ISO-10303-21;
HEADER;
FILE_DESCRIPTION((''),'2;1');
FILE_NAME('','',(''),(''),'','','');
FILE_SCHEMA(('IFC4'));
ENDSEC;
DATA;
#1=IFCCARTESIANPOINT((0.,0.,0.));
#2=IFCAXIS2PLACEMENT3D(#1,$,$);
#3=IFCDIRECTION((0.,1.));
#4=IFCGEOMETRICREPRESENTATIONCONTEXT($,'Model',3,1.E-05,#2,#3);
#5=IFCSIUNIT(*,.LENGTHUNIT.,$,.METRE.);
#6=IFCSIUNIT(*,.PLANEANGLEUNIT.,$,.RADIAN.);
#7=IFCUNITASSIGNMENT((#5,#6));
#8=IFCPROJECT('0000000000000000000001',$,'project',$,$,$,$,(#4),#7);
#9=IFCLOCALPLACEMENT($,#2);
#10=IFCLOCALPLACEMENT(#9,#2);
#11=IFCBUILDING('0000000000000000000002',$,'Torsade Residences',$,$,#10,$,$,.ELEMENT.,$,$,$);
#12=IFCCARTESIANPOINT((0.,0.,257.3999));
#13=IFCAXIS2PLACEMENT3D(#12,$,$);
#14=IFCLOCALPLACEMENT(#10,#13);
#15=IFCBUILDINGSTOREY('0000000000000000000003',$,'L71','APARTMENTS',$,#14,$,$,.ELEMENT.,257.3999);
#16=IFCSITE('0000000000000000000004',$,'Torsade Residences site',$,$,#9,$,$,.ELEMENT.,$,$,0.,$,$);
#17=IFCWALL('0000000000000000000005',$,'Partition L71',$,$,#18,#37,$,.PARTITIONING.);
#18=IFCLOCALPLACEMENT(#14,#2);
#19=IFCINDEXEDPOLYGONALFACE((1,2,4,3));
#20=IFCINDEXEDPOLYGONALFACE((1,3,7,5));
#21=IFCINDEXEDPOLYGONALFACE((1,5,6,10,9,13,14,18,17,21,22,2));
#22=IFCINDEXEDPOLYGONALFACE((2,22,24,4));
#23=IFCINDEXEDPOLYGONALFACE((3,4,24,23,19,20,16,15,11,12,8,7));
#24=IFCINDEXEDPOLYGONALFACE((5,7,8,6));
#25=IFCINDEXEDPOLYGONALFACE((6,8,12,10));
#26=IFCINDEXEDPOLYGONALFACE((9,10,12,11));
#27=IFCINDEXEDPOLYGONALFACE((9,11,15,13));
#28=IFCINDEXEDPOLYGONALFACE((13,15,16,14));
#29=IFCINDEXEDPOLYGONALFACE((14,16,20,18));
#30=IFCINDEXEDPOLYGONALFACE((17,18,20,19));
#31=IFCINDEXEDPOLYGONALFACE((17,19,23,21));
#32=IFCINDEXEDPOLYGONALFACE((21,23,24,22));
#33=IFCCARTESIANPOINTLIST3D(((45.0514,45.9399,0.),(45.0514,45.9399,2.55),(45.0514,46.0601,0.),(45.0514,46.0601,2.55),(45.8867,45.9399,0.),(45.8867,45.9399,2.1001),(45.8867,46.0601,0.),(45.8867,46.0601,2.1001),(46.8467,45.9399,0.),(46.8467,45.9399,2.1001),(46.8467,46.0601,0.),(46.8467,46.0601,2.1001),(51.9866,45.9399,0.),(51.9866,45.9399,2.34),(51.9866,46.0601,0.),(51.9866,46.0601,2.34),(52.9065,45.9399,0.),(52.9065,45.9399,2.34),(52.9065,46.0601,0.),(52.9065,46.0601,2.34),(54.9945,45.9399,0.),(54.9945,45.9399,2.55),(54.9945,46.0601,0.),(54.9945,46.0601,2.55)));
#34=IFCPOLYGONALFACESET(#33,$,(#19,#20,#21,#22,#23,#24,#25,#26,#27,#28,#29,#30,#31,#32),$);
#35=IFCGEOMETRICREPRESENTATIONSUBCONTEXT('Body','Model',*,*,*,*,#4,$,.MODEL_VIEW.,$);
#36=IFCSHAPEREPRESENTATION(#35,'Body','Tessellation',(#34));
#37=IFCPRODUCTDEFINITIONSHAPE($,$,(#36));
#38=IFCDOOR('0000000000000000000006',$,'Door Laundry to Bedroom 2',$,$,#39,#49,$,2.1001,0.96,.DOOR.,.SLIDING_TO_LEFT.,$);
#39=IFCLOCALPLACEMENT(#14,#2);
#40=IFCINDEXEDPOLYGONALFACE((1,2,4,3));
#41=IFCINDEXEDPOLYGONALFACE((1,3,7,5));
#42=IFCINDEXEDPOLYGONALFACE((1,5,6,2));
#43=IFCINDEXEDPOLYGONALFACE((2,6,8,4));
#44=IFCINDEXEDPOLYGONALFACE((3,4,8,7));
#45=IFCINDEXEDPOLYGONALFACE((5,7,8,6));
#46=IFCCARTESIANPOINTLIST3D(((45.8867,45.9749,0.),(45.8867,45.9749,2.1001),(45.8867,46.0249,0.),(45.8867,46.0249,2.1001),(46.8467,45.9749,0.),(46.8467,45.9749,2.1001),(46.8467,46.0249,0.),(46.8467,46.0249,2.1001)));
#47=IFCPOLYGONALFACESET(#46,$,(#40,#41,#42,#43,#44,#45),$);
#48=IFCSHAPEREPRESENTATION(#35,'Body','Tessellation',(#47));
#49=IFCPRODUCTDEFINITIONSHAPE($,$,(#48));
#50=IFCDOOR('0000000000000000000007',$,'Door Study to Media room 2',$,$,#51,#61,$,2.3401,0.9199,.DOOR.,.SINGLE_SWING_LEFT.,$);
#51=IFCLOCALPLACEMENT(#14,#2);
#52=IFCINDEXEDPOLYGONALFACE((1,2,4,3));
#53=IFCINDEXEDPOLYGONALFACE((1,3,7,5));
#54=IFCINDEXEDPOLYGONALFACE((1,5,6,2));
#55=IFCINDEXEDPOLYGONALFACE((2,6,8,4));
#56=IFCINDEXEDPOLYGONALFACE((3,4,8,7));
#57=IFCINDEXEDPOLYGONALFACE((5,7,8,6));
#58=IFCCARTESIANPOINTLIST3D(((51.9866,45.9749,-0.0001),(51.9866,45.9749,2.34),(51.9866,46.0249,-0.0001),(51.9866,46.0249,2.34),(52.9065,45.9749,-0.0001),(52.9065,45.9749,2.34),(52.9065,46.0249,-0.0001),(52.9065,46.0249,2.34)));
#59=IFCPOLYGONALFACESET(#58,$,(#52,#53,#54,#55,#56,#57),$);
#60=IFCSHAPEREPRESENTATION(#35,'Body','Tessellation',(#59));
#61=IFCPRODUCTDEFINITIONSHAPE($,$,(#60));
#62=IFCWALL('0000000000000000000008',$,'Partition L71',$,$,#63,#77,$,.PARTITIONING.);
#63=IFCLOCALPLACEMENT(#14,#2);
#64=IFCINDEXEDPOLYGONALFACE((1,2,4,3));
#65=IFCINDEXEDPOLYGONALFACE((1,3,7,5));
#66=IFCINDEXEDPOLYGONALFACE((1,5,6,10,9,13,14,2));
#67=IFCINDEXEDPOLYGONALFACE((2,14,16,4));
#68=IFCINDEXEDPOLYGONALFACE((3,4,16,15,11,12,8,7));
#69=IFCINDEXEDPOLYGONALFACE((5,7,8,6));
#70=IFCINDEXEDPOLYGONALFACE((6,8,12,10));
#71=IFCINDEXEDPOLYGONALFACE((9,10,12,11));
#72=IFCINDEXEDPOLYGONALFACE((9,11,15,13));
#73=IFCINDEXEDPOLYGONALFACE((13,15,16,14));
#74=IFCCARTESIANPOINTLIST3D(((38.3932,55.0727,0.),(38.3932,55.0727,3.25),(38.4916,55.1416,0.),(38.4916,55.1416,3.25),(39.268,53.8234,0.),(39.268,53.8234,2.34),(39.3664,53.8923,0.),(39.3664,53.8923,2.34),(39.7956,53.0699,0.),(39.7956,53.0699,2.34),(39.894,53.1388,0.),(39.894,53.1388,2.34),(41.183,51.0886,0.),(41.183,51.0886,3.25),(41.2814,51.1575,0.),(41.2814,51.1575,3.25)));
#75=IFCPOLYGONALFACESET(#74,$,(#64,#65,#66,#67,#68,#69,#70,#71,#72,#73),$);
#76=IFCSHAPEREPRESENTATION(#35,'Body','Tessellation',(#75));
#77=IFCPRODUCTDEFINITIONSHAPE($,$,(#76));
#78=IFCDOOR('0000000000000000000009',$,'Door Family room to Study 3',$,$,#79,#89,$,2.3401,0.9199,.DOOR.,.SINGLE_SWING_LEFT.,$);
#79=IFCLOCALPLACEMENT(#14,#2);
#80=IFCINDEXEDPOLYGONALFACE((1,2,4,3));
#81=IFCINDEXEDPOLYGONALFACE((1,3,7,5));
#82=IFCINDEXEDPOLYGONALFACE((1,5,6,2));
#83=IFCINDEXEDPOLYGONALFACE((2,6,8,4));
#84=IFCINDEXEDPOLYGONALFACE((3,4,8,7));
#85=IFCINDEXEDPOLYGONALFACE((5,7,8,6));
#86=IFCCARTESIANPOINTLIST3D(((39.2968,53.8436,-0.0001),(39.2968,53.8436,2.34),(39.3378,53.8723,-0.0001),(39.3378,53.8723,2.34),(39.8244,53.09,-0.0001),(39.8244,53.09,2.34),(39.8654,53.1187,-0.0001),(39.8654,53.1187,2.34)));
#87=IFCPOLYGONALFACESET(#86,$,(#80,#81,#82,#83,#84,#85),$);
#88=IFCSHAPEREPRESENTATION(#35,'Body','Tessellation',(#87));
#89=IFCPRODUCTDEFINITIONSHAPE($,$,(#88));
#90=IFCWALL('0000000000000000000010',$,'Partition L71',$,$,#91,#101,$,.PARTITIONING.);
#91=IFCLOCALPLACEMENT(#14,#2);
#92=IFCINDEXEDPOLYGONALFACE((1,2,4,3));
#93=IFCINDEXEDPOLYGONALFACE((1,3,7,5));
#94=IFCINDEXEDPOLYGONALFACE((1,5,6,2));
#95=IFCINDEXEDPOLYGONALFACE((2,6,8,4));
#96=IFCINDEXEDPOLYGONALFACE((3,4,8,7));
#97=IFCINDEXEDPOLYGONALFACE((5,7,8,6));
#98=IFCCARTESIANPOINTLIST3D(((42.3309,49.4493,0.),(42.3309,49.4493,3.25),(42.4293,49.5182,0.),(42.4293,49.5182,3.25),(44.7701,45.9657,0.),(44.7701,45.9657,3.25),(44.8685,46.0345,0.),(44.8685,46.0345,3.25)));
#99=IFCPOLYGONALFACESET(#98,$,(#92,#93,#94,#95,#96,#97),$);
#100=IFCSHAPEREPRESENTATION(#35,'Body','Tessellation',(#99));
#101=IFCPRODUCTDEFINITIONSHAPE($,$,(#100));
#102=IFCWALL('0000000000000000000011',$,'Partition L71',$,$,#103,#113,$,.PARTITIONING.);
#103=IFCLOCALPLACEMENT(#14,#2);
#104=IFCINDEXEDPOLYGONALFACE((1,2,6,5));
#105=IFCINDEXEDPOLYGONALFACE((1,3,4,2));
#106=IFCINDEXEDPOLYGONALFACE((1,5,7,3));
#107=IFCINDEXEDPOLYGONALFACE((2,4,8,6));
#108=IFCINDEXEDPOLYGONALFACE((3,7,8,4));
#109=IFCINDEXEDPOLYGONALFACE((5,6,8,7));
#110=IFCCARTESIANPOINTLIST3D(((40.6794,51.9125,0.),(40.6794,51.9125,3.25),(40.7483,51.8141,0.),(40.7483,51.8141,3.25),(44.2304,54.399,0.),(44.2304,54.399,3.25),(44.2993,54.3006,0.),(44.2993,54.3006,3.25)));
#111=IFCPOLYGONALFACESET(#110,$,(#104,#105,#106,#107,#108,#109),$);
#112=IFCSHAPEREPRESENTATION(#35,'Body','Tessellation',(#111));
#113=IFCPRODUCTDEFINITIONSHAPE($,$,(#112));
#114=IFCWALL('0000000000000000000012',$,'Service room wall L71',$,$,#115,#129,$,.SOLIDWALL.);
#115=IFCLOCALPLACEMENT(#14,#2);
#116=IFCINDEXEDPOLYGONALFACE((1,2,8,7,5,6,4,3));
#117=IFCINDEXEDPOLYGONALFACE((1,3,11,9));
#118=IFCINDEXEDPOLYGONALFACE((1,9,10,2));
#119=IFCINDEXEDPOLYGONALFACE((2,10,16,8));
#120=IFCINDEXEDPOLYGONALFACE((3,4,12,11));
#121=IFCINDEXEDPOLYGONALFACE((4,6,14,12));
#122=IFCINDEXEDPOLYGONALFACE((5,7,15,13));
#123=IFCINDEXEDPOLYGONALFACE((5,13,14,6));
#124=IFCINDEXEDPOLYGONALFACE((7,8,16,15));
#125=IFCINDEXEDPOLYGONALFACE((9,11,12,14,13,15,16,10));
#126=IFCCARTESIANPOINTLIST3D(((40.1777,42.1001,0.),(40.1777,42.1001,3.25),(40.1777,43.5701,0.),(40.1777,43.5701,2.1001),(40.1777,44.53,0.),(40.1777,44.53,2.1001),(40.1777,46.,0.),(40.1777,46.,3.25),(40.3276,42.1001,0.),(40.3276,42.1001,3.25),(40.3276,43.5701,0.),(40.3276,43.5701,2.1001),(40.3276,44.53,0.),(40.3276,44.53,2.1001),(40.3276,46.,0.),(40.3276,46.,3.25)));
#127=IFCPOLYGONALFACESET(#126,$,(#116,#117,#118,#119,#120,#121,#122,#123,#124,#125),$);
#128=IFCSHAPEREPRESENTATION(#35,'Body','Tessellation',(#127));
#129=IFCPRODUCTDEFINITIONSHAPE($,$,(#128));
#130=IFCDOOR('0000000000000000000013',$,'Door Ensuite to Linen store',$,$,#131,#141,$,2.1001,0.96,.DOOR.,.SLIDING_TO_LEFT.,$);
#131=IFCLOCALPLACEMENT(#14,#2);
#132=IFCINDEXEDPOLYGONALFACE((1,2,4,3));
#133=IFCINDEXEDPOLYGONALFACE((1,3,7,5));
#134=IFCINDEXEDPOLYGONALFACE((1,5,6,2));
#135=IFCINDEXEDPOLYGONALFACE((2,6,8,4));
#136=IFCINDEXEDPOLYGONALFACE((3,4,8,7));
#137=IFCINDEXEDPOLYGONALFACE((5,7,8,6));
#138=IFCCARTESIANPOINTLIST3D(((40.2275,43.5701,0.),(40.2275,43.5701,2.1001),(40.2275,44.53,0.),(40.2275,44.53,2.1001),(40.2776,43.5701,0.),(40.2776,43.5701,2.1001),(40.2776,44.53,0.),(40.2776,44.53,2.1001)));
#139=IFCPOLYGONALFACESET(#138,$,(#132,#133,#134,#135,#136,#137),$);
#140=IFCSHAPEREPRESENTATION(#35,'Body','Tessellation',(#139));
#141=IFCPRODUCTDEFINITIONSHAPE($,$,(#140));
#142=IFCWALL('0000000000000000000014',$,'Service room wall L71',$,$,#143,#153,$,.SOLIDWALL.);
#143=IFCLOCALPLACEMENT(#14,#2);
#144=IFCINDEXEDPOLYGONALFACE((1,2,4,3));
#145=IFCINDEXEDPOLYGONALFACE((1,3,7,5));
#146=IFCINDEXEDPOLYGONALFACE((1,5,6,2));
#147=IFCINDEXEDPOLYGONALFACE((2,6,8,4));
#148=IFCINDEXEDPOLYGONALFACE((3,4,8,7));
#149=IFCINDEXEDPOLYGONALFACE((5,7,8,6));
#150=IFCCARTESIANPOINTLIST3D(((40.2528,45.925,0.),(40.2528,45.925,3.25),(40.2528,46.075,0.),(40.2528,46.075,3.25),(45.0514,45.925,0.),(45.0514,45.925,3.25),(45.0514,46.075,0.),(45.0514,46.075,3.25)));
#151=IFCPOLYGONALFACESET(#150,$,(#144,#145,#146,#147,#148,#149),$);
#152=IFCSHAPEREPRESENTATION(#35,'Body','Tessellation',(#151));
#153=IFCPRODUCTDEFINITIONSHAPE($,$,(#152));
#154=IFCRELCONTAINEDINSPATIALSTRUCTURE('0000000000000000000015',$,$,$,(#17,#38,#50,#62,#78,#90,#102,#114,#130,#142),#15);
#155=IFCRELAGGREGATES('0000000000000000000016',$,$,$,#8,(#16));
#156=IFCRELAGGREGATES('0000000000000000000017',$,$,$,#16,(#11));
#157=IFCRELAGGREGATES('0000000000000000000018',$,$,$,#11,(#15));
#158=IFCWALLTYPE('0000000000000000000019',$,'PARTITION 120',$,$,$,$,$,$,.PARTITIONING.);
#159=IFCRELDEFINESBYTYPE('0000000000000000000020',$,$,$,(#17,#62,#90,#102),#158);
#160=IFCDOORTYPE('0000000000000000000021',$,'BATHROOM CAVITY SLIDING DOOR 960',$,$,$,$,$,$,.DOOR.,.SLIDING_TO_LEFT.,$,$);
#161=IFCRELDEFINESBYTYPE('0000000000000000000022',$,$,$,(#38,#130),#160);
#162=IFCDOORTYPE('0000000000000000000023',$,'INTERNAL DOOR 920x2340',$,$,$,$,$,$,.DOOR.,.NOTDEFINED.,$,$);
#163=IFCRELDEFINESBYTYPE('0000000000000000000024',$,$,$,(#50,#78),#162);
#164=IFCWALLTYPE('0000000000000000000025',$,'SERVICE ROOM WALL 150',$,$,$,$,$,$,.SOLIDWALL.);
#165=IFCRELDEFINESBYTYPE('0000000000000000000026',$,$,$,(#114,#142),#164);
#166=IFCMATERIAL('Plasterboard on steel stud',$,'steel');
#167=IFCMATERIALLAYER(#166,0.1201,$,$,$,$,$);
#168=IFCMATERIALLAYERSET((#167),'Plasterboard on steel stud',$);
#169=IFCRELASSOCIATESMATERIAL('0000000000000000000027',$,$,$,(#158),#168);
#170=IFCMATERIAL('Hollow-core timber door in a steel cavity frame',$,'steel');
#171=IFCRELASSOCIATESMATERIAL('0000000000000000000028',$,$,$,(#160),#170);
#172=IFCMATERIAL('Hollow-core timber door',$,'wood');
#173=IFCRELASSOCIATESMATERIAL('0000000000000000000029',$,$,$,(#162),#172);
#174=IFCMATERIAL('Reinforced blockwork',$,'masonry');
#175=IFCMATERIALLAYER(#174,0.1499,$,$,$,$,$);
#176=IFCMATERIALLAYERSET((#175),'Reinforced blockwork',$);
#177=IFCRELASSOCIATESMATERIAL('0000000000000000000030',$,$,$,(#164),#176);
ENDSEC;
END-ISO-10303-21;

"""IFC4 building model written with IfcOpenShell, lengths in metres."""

from ifc_helpers import new_model, si_unit, direction, frame, frame_2d, origin, place, context, subcontext, project, spatial, rectangle, extrude, material, layer, layer_set, type_object, element, fill, save


model = new_model("IFC4")

# Units and contexts
model_context = context("Model", 3, precision=1e-05, world=origin(), true_north=direction((0.0, 1.0)))
body_context = subcontext(model_context, "Body", "Model", "MODEL_VIEW")
ifc_project = project(units=[si_unit("LENGTHUNIT", "METRE"), si_unit("PLANEANGLEUNIT", "RADIAN")], contexts=[model_context])

# Site, building, storey
site_placement = place(None, origin())
site = spatial("IfcSite", under=ifc_project, at=site_placement, Name="Torsade Residences site", CompositionType="ELEMENT", RefElevation=0.0)
building_placement = place(site_placement, origin())
building = spatial("IfcBuilding", under=site, at=building_placement, Name="Torsade Residences", CompositionType="ELEMENT")
storey_placement = place(building_placement, frame((0.0, 0.0, 257.3999)))
storey = spatial("IfcBuildingStorey", under=building, at=storey_placement, Name="L71", Description="APARTMENTS", CompositionType="ELEMENT", Elevation=257.3999)

# Wall, openings, doors
ifc_material_1 = material(Name="Plasterboard on steel stud", Category="steel")
ifc_layer_1 = layer(ifc_material_1, 0.1201)
ifc_layer_set_1 = layer_set([ifc_layer_1], Name="Plasterboard on steel stud")
wall_type_1 = type_object("IfcWallType", Name="PARTITION 120", PredefinedType="PARTITIONING", material=ifc_layer_set_1)
wall_1_placement = place(storey_placement, frame((45.0513, 46.0, 0.0), z_axis=(0.0, 0.0, 1.0), x_axis=(1.0, 0.0, 0.0)))
wall_1 = element("IfcWall", 1, at=wall_1_placement, inside=storey, type_object=wall_type_1, Name="Partition L71", PredefinedType="PARTITIONING", context=body_context, shape_type="SweptSolid", body=[
    extrude(rectangle(XDim=9.9431, YDim=0.1201, at=frame_2d((4.9717, 0.0))), origin(), (0.0, 0.0, 1.0), 2.55),
])
opening_1_placement = place(wall_1_placement, frame((0.8354, 0.0, 0.0)))
opening_1 = element("IfcOpeningElement", 2, at=opening_1_placement, cuts=wall_1, PredefinedType="OPENING", context=body_context, shape_type="SweptSolid", body=[
    extrude(rectangle(XDim=0.96, YDim=2.1001, at=frame_2d((0.48, 1.05))), frame((0.0, 0.0701, 0.0), z_axis=(0.0, -1.0, 0.0), x_axis=(1.0, 0.0, 0.0)), (0.0, 0.0, 1.0), 0.1401),
])
opening_2_placement = place(wall_1_placement, frame((6.9353, 0.0, 0.0)))
opening_2 = element("IfcOpeningElement", 3, at=opening_2_placement, cuts=wall_1, PredefinedType="OPENING", context=body_context, shape_type="SweptSolid", body=[
    extrude(rectangle(XDim=0.9199, YDim=2.3401, at=frame_2d((0.46, 1.1699))), frame((0.0, 0.0701, 0.0), z_axis=(0.0, -1.0, 0.0), x_axis=(1.0, 0.0, 0.0)), (0.0, 0.0, 1.0), 0.1401),
])
ifc_material_2 = material(Name="Hollow-core timber door in a steel cavity frame", Category="steel")
door_type_1 = type_object("IfcDoorType", Name="BATHROOM CAVITY SLIDING DOOR 960", OperationType="SLIDING_TO_LEFT", PredefinedType="DOOR", material=ifc_material_2)
door_1_placement = place(opening_1_placement, origin())
door_1 = element("IfcDoor", 4, at=door_1_placement, inside=storey, type_object=door_type_1, Name="Door Laundry to Bedroom 2", OperationType="SLIDING_TO_LEFT", OverallHeight=2.1001, OverallWidth=0.96, PredefinedType="DOOR", context=body_context, shape_type="SweptSolid", body=[
    extrude(rectangle(XDim=0.96, YDim=2.1001, at=frame_2d((0.48, 1.05))), frame((0.0, 0.0249, 0.0), z_axis=(0.0, -1.0, 0.0), x_axis=(1.0, 0.0, 0.0)), (0.0, 0.0, 1.0), 0.05),
])
fill(opening_1, door_1)
ifc_material_3 = material(Name="Hollow-core timber door", Category="wood")
door_type_2 = type_object("IfcDoorType", Name="INTERNAL DOOR 920x2340", OperationType="NOTDEFINED", PredefinedType="DOOR", material=ifc_material_3)
door_2_placement = place(opening_2_placement, origin())
door_2 = element("IfcDoor", 5, at=door_2_placement, inside=storey, type_object=door_type_2, Name="Door Study to Media room 2", OperationType="SINGLE_SWING_LEFT", OverallHeight=2.3401, OverallWidth=0.9199, PredefinedType="DOOR", context=body_context, shape_type="SweptSolid", body=[
    extrude(rectangle(XDim=0.9199, YDim=2.3401, at=frame_2d((0.46, 1.1699))), frame((0.0, 0.0249, 0.0), z_axis=(0.0, -1.0, 0.0), x_axis=(1.0, 0.0, 0.0)), (0.0, 0.0, 1.0), 0.05),
])
fill(opening_2, door_2)

# Wall, opening, door
wall_2_placement = place(storey_placement, frame((41.2322, 51.123, 0.0), z_axis=(0.0, 0.0, 1.0), x_axis=(-0.573587, 0.819145, 0.0)))
wall_2 = element("IfcWall", 6, at=wall_2_placement, inside=storey, type_object=wall_type_1, Name="Partition L71", PredefinedType="PARTITIONING", context=body_context, shape_type="SweptSolid", body=[
    extrude(rectangle(XDim=4.8638, YDim=0.1201, at=frame_2d((2.4319, 0.0))), origin(), (0.0, 0.0, 1.0), 3.25),
])
opening_3_placement = place(wall_2_placement, frame((2.4187, 0.0, 0.0)))
opening_3 = element("IfcOpeningElement", 7, at=opening_3_placement, cuts=wall_2, PredefinedType="OPENING", context=body_context, shape_type="SweptSolid", body=[
    extrude(rectangle(XDim=0.9199, YDim=2.3401, at=frame_2d((0.46, 1.1699))), frame((0.0, 0.0701, 0.0), z_axis=(0.0, -1.0, 0.0), x_axis=(1.0, 0.0, 0.0)), (0.0, 0.0, 1.0), 0.1401),
])
door_3_placement = place(opening_3_placement, origin())
door_3 = element("IfcDoor", 8, at=door_3_placement, inside=storey, type_object=door_type_2, Name="Door Family room to Study 3", OperationType="SINGLE_SWING_LEFT", OverallHeight=2.3401, OverallWidth=0.9199, PredefinedType="DOOR", context=body_context, shape_type="SweptSolid", body=[
    extrude(rectangle(XDim=0.9199, YDim=2.3401, at=frame_2d((0.46, 1.1699))), frame((0.0, 0.0249, 0.0), z_axis=(0.0, -1.0, 0.0), x_axis=(1.0, 0.0, 0.0)), (0.0, 0.0, 1.0), 0.05),
])
fill(opening_3, door_3)

# Walls
wall_3_placement = place(storey_placement, frame((44.8193, 46.0, 0.0), z_axis=(0.0, 0.0, 1.0), x_axis=(-0.573566, 0.819159, 0.0)))
element("IfcWall", 9, at=wall_3_placement, inside=storey, type_object=wall_type_1, Name="Partition L71", PredefinedType="PARTITIONING", context=body_context, shape_type="SweptSolid", body=[
    extrude(rectangle(XDim=4.2527, YDim=0.1201, at=frame_2d((2.1265, 0.0))), origin(), (0.0, 0.0, 1.0), 3.25),
])
wall_4_placement = place(storey_placement, frame((40.7139, 51.8633, 0.0), z_axis=(0.0, 0.0, 1.0), x_axis=(0.819139, 0.573595, 0.0)))
element("IfcWall", 10, at=wall_4_placement, inside=storey, type_object=wall_type_1, Name="Partition L71", PredefinedType="PARTITIONING", context=body_context, shape_type="SweptSolid", body=[
    extrude(rectangle(XDim=4.335, YDim=0.1201, at=frame_2d((2.1675, 0.0))), origin(), (0.0, 0.0, 1.0), 3.25),
])

# Wall, opening, door
ifc_material_4 = material(Name="Reinforced blockwork", Category="masonry")
ifc_layer_2 = layer(ifc_material_4, 0.1499)
ifc_layer_set_2 = layer_set([ifc_layer_2], Name="Reinforced blockwork")
wall_type_2 = type_object("IfcWallType", Name="SERVICE ROOM WALL 150", PredefinedType="SOLIDWALL", material=ifc_layer_set_2)
wall_5_placement = place(storey_placement, frame((40.2527, 46.0, 0.0), z_axis=(0.0, 0.0, 1.0), x_axis=(0.0, -1.0, 0.0)))
wall_5 = element("IfcWall", 11, at=wall_5_placement, inside=storey, type_object=wall_type_2, Name="Service room wall L71", PredefinedType="SOLIDWALL", context=body_context, shape_type="SweptSolid", body=[
    extrude(rectangle(XDim=3.8999, YDim=0.1499, at=frame_2d((1.95, 0.0))), origin(), (0.0, 0.0, 1.0), 3.25),
])
opening_4_placement = place(wall_5_placement, frame((1.47, 0.0, 0.0)))
opening_4 = element("IfcOpeningElement", 12, at=opening_4_placement, cuts=wall_5, PredefinedType="OPENING", context=body_context, shape_type="SweptSolid", body=[
    extrude(rectangle(XDim=0.96, YDim=2.1001, at=frame_2d((0.48, 1.05))), frame((0.0, 0.085, 0.0), z_axis=(0.0, -1.0, 0.0), x_axis=(1.0, 0.0, 0.0)), (0.0, 0.0, 1.0), 0.1699),
])
door_4_placement = place(opening_4_placement, origin())
door_4 = element("IfcDoor", 13, at=door_4_placement, inside=storey, type_object=door_type_1, Name="Door Ensuite to Linen store", OperationType="SLIDING_TO_LEFT", OverallHeight=2.1001, OverallWidth=0.96, PredefinedType="DOOR", context=body_context, shape_type="SweptSolid", body=[
    extrude(rectangle(XDim=0.96, YDim=2.1001, at=frame_2d((0.48, 1.05))), frame((0.0, 0.0249, 0.0), z_axis=(0.0, -1.0, 0.0), x_axis=(1.0, 0.0, 0.0)), (0.0, 0.0, 1.0), 0.05),
])
fill(opening_4, door_4)

# Wall
wall_6_placement = place(storey_placement, frame((40.2527, 46.0, 0.0), z_axis=(0.0, 0.0, 1.0), x_axis=(1.0, 0.0, 0.0)))
element("IfcWall", 14, at=wall_6_placement, inside=storey, type_object=wall_type_2, Name="Service room wall L71", PredefinedType="SOLIDWALL", context=body_context, shape_type="SweptSolid", body=[
    extrude(rectangle(XDim=4.7986, YDim=0.1499, at=frame_2d((2.3994, 0.0))), origin(), (0.0, 0.0, 1.0), 3.25),
])

save(model, "model.ifc")
